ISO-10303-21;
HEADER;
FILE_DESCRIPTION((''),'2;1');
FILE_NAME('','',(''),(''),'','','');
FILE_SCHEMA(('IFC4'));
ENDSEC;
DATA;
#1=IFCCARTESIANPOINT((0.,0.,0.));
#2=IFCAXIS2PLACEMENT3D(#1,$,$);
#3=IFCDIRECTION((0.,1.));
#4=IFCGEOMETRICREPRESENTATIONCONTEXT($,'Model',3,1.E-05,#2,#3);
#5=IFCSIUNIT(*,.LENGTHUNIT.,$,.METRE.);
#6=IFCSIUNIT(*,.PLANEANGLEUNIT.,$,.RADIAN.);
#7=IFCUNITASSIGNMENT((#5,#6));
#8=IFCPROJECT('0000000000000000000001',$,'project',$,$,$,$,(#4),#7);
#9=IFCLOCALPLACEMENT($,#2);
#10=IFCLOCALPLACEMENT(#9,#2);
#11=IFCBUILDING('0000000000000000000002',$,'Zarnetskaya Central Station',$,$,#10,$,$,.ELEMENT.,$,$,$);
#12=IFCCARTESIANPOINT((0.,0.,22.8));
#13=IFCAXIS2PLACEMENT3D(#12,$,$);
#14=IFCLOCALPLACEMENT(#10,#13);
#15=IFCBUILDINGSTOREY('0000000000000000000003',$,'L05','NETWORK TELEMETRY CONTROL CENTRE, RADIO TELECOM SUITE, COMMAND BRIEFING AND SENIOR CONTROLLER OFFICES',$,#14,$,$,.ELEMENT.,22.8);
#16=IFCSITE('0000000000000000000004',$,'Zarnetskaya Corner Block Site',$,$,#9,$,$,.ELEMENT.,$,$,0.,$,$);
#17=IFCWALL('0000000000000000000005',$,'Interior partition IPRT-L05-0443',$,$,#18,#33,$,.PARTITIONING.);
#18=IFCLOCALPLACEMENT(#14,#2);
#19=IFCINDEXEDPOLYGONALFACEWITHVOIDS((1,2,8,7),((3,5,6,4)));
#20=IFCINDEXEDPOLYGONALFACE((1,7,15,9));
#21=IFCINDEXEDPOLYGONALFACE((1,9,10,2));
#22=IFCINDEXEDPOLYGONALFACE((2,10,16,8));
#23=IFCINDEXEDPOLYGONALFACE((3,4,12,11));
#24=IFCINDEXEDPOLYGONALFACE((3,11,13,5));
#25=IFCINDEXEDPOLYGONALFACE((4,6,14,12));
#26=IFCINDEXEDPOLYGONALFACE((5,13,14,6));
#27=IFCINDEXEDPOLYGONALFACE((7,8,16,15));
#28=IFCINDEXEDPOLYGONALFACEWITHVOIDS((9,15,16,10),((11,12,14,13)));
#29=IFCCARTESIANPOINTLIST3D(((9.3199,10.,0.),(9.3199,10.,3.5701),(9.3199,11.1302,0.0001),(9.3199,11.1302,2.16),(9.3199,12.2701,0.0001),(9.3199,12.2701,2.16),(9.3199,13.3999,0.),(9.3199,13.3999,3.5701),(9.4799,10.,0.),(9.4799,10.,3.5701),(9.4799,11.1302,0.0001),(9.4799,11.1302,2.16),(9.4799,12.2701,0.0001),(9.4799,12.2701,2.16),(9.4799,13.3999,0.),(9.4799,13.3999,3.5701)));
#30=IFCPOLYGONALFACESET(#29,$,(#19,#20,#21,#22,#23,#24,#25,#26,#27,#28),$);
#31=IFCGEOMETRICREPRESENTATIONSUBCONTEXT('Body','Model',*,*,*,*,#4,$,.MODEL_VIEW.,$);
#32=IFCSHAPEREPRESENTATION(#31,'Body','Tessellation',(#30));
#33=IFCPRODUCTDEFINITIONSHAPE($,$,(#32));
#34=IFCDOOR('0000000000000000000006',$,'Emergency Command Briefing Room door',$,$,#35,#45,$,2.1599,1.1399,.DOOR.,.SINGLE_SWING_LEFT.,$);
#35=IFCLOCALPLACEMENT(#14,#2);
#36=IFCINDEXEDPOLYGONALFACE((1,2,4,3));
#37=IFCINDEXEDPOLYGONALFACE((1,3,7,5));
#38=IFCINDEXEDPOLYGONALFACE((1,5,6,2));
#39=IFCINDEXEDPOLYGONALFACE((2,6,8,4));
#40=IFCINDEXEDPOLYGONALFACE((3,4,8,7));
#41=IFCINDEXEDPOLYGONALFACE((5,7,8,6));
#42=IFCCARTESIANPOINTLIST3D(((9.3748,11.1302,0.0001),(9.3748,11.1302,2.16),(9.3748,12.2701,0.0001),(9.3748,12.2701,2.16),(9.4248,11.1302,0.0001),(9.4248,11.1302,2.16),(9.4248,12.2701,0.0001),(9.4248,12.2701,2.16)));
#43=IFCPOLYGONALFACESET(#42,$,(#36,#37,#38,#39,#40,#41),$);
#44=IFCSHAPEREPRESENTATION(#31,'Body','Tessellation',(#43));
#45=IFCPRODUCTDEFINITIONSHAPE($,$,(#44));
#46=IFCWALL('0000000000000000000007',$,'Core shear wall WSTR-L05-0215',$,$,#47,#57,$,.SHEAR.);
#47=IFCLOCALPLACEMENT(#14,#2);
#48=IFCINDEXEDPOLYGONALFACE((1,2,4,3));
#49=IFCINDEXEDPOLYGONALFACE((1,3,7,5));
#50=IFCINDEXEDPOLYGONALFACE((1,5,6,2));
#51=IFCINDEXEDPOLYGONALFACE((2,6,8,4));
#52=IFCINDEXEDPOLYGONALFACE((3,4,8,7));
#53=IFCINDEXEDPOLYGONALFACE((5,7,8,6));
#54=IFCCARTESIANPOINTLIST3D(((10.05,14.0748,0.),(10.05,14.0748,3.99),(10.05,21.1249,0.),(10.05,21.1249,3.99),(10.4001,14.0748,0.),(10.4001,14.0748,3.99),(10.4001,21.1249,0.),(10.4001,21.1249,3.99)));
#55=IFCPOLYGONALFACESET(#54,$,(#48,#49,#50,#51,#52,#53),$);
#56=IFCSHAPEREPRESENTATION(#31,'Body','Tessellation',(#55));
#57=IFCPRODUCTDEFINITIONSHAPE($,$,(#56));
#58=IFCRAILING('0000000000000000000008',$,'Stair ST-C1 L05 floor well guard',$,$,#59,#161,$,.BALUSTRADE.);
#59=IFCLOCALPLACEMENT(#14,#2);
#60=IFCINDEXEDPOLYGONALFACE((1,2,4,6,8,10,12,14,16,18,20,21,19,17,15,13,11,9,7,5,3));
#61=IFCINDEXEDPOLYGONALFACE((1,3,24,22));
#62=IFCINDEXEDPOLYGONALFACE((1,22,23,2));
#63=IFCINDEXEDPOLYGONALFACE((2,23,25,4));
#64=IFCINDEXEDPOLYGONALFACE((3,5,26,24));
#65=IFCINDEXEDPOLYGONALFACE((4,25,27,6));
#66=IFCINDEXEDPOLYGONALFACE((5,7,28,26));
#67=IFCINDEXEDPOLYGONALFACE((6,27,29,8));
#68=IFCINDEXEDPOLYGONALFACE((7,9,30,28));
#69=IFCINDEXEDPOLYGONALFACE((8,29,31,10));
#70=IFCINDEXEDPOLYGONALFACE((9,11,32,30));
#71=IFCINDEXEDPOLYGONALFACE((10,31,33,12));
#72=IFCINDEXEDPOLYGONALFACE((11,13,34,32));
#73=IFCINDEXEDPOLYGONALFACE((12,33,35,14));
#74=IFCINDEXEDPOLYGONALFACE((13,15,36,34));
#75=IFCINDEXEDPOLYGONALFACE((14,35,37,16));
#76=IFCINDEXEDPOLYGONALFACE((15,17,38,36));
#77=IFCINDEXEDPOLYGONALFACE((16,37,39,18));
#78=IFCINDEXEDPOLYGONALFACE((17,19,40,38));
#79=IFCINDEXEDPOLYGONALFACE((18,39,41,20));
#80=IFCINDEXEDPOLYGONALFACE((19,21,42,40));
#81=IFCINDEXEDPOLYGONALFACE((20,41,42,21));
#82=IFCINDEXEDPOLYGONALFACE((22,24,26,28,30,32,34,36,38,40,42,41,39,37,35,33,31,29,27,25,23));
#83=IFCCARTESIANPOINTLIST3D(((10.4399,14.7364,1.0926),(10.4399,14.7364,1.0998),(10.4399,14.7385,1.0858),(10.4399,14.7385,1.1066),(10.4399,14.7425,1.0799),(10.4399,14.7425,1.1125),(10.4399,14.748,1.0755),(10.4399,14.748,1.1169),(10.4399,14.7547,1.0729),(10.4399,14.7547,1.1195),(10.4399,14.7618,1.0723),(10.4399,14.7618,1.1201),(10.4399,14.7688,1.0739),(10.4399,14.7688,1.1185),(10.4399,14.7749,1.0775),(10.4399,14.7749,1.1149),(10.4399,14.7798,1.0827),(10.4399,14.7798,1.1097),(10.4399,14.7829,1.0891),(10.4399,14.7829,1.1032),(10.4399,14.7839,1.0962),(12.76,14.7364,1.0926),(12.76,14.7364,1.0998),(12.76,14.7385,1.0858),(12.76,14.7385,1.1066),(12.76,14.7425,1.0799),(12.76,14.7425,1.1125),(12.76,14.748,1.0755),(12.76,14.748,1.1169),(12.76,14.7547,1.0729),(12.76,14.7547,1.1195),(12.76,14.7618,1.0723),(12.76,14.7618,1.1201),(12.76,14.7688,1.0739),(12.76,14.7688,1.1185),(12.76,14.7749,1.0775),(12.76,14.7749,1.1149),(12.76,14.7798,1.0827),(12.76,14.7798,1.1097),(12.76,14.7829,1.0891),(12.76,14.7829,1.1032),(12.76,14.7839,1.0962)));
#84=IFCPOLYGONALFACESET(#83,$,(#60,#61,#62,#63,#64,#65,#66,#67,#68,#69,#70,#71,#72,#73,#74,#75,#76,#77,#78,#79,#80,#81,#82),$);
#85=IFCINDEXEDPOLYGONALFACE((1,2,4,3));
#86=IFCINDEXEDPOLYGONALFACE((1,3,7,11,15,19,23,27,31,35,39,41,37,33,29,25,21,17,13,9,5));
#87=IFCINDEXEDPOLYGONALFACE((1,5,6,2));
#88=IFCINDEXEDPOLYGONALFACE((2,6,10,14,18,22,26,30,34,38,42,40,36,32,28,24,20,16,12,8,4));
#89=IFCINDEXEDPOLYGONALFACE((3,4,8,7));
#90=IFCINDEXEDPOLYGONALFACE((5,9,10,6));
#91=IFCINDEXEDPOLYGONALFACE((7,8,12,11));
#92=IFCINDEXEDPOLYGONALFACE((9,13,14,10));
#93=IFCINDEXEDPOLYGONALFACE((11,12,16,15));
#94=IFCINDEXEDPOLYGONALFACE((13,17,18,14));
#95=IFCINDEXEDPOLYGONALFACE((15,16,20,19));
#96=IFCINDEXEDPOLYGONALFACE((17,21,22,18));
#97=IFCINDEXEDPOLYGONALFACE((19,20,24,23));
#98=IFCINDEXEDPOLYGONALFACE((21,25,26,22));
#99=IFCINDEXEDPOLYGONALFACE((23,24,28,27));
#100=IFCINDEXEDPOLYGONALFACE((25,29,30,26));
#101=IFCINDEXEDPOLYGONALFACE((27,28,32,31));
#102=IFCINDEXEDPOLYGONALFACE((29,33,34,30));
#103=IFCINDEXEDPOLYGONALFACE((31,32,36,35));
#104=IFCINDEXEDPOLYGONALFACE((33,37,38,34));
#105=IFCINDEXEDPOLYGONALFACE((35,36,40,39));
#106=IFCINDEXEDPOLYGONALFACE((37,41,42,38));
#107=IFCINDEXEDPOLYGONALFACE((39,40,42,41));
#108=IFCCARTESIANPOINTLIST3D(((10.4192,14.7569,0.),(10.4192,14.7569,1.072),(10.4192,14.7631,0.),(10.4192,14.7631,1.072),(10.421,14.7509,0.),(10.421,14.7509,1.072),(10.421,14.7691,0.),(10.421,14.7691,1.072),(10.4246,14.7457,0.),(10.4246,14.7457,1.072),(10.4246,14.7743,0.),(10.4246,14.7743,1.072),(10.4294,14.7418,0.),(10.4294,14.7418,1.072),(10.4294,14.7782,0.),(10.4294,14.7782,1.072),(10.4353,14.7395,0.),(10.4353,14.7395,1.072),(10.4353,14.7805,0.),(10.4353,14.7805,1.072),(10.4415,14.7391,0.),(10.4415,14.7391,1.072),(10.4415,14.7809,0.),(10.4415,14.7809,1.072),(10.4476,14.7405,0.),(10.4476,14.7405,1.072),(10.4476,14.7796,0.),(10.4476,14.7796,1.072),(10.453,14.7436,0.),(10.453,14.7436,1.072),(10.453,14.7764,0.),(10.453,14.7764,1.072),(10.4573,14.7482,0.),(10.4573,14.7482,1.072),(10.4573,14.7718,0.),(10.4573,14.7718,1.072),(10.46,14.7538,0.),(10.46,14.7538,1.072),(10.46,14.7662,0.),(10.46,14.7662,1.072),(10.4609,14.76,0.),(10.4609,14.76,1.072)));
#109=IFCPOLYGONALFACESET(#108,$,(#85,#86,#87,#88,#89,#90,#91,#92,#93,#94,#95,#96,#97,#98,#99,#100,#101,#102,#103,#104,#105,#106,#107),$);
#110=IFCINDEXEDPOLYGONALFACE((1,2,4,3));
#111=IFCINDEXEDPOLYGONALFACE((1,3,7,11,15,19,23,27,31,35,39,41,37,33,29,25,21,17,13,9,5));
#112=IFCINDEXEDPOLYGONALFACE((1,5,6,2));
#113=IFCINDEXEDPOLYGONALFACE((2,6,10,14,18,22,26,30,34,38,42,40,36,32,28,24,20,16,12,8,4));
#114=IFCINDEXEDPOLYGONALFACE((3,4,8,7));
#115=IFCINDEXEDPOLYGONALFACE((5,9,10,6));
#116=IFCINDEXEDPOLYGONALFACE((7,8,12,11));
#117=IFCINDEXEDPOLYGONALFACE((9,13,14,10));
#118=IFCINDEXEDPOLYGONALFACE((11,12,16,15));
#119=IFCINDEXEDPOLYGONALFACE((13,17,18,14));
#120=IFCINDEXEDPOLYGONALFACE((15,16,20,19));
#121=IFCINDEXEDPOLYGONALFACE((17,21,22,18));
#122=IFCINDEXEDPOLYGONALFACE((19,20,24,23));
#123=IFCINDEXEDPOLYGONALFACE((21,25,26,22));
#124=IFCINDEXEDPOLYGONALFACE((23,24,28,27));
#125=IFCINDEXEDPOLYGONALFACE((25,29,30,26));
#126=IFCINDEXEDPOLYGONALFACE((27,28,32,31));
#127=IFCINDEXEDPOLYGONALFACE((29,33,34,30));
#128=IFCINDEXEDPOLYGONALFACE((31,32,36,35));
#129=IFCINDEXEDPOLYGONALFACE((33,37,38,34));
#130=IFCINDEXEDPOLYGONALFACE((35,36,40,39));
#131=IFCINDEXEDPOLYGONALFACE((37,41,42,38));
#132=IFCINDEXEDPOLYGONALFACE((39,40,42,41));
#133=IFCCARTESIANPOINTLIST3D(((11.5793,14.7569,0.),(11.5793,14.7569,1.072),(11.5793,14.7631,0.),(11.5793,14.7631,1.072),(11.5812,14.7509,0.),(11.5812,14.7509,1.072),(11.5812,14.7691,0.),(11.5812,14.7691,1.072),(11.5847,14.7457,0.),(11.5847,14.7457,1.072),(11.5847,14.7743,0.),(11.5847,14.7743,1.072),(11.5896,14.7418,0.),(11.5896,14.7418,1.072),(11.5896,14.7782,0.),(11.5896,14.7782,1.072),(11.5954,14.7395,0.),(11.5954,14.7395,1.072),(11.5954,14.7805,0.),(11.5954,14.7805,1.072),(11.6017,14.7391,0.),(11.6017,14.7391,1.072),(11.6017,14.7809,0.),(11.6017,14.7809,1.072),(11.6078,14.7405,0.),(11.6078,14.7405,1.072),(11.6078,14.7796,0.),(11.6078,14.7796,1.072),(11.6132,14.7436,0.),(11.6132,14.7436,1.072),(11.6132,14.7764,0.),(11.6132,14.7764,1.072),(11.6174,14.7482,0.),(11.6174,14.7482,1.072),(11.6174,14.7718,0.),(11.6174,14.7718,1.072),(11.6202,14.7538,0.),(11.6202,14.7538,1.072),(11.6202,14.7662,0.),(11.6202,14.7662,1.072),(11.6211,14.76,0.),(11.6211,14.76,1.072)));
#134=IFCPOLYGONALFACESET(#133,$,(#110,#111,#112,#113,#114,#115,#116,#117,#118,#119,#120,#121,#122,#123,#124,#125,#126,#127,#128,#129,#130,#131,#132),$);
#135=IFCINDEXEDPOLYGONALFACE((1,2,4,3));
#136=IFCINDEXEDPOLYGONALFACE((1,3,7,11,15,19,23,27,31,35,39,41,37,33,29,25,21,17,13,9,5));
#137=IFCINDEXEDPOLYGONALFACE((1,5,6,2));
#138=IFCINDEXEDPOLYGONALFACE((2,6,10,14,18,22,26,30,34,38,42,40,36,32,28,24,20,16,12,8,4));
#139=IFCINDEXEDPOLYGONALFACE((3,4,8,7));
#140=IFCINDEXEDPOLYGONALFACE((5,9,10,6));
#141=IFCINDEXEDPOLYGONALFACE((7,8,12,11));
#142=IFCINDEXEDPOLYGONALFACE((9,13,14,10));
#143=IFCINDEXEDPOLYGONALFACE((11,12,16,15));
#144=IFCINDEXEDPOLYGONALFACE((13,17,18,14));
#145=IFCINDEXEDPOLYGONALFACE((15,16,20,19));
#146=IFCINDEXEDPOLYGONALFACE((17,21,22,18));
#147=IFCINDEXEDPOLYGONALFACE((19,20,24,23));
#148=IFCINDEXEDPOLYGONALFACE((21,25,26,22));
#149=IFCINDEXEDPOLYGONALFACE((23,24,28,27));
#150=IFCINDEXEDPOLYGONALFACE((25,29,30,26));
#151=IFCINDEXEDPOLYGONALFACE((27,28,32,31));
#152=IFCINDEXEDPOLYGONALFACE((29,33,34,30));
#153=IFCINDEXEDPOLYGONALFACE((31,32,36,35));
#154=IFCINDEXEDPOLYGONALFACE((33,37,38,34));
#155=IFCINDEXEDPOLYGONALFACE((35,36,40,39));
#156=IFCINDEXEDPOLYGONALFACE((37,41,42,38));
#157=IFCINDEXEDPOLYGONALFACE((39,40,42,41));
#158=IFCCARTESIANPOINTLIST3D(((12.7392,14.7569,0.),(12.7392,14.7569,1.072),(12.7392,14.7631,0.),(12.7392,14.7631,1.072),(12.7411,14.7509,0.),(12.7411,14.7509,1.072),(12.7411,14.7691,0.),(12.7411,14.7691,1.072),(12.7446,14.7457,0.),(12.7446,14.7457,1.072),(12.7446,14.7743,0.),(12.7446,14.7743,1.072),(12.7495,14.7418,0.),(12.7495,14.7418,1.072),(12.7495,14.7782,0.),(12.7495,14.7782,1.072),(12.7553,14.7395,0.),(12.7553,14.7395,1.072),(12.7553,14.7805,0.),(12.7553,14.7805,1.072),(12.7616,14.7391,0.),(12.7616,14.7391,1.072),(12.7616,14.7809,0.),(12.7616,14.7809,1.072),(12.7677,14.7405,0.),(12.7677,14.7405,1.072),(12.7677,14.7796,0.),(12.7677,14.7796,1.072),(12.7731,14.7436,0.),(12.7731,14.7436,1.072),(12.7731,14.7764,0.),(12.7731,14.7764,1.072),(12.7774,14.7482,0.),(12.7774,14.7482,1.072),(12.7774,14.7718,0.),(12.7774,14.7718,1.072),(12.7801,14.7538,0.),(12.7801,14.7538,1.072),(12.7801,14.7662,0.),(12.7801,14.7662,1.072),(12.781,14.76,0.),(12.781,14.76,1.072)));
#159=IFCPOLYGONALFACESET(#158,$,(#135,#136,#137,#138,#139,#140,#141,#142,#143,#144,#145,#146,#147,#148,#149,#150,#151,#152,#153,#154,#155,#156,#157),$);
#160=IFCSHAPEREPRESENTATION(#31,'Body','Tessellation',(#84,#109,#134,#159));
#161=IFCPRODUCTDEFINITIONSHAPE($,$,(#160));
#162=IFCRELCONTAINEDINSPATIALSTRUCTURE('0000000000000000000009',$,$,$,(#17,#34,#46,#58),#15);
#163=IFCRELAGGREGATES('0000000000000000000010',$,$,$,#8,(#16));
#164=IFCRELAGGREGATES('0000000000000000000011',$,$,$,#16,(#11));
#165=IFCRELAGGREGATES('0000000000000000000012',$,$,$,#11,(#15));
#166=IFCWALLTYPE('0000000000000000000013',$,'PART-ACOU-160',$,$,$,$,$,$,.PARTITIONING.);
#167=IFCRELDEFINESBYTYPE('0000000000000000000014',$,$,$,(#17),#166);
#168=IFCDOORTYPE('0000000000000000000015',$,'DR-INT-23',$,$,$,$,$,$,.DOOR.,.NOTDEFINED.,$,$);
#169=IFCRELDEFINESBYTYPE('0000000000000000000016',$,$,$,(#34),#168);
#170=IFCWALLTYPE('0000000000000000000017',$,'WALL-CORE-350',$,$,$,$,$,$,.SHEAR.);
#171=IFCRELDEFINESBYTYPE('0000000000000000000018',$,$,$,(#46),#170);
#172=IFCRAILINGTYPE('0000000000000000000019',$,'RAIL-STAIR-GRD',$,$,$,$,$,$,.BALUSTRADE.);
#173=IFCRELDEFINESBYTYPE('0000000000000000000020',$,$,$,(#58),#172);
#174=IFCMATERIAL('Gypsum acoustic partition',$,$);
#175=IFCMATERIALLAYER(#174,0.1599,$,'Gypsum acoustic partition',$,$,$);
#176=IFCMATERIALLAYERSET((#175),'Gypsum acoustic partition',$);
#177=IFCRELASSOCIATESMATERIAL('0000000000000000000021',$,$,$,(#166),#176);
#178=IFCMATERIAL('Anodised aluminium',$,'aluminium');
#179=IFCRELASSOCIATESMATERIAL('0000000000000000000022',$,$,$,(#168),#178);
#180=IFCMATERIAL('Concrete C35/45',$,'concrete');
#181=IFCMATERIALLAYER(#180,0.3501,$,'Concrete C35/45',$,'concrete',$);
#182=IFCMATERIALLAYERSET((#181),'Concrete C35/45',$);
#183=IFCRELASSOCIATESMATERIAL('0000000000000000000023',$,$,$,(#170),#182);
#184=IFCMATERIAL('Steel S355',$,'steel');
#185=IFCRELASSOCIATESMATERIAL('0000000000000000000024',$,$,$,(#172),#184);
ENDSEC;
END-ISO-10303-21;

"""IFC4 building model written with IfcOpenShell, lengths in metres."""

from ifc_helpers import new_model, si_unit, direction, frame, frame_2d, origin, origin_2d, place, context, subcontext, project, spatial, rectangle, circle, extrude, material, layer, layer_set, type_object, element, fill, save


model = new_model("IFC4")

# Units and contexts
model_context = context("Model", 3, precision=1e-05, world=origin(), true_north=direction((0.0, 1.0)))
body_context = subcontext(model_context, "Body", "Model", "MODEL_VIEW")
ifc_project = project(units=[si_unit("LENGTHUNIT", "METRE"), si_unit("PLANEANGLEUNIT", "RADIAN")], contexts=[model_context])

# Site, building, storey
site_placement = place(None, origin())
site = spatial("IfcSite", under=ifc_project, at=site_placement, Name="Zarnetskaya Corner Block Site", CompositionType="ELEMENT", RefElevation=0.0)
building_placement = place(site_placement, origin())
building = spatial("IfcBuilding", under=site, at=building_placement, Name="Zarnetskaya Central Station", CompositionType="ELEMENT")
storey_placement = place(building_placement, frame((0.0, 0.0, 22.8)))
storey = spatial("IfcBuildingStorey", under=building, at=storey_placement, Name="L05", Description="NETWORK TELEMETRY CONTROL CENTRE, RADIO TELECOM SUITE, COMMAND BRIEFING AND SENIOR CONTROLLER OFFICES", CompositionType="ELEMENT", Elevation=22.8)

# Shared definitions
ifc_material_1 = material(Name="Steel S355", Category="steel")

# Shared definitions
ifc_material_2 = material(Name="Anodised aluminium", Category="aluminium")

# Wall, opening, door
ifc_material_3 = material(Name="Gypsum acoustic partition")
ifc_layer_1 = layer(ifc_material_3, 0.1599, Name="Gypsum acoustic partition")
ifc_layer_set_1 = layer_set([ifc_layer_1], Name="Gypsum acoustic partition")
wall_type_1 = type_object("IfcWallType", Name="PART-ACOU-160", PredefinedType="PARTITIONING", material=ifc_layer_set_1)
wall_1_placement = place(storey_placement, frame((9.3999, 13.3999, 0.0), z_axis=(0.0, 0.0, 1.0), x_axis=(0.0, -1.0, 0.0)))
wall_1 = element("IfcWall", 1, at=wall_1_placement, inside=storey, type_object=wall_type_1, Name="Interior partition IPRT-L05-0443", PredefinedType="PARTITIONING", context=body_context, shape_type="SweptSolid", body=[
    extrude(rectangle(XDim=3.3999, YDim=0.1599, at=frame_2d((1.7, 0.0))), origin(), (0.0, 0.0, 1.0), 3.5701),
])
opening_1_placement = place(wall_1_placement, frame((1.1299, 0.0, 0.0)))
opening_1 = element("IfcOpeningElement", 2, at=opening_1_placement, cuts=wall_1, PredefinedType="OPENING", context=body_context, shape_type="SweptSolid", body=[
    extrude(rectangle(XDim=1.1399, YDim=2.1599, at=frame_2d((0.5698, 1.0801))), frame((0.0, 0.0898, 0.0), z_axis=(0.0, -1.0, 0.0), x_axis=(1.0, 0.0, 0.0)), (0.0, 0.0, 1.0), 0.1799),
])
door_type_1 = type_object("IfcDoorType", Name="DR-INT-23", OperationType="NOTDEFINED", PredefinedType="DOOR", material=ifc_material_2)
door_1_placement = place(opening_1_placement, origin())
door_1 = element("IfcDoor", 3, at=door_1_placement, inside=storey, type_object=door_type_1, Name="Emergency Command Briefing Room door", OperationType="SINGLE_SWING_LEFT", OverallHeight=2.1599, OverallWidth=1.1399, PredefinedType="DOOR", context=body_context, shape_type="SweptSolid", body=[
    extrude(rectangle(XDim=1.1399, YDim=2.1599, at=frame_2d((0.5698, 1.0801))), frame((0.0, 0.0249, 0.0), z_axis=(0.0, -1.0, 0.0), x_axis=(1.0, 0.0, 0.0)), (0.0, 0.0, 1.0), 0.05),
])
fill(opening_1, door_1)
ifc_material_4 = material(Name="Concrete C35/45", Category="concrete")
ifc_layer_2 = layer(ifc_material_4, 0.3501, Name="Concrete C35/45", Category="concrete")
ifc_layer_set_2 = layer_set([ifc_layer_2], Name="Concrete C35/45")
wall_type_2 = type_object("IfcWallType", Name="WALL-CORE-350", PredefinedType="SHEAR", material=ifc_layer_set_2)

# Wall
wall_2_placement = place(storey_placement, frame((10.2251, 14.075, 0.0), z_axis=(0.0, 0.0, 1.0), x_axis=(0.0, 1.0, 0.0)))
element("IfcWall", 4, at=wall_2_placement, inside=storey, type_object=wall_type_2, Name="Core shear wall WSTR-L05-0215", PredefinedType="SHEAR", context=body_context, shape_type="SweptSolid", body=[
    extrude(rectangle(XDim=7.05, YDim=0.3501, at=frame_2d((3.5249, 0.0))), origin(), (0.0, 0.0, 1.0), 3.99),
])

# Railing
railing_type = type_object("IfcRailingType", Name="RAIL-STAIR-GRD", PredefinedType="BALUSTRADE", material=ifc_material_1)
railing_placement = place(storey_placement, frame((10.4399, 14.76, 0.0)))
element("IfcRailing", 5, at=railing_placement, inside=storey, type_object=railing_type, Name="Stair ST-C1 L05 floor well guard", PredefinedType="BALUSTRADE", context=body_context, shape_type="SweptSolid", body=[
    extrude(circle(Radius=0.0239, at=origin_2d()), frame((0.0, 0.0, 1.0962), z_axis=(1.0, 0.0, 0.0), x_axis=(0.0, 1.0, 0.0)), (0.0, 0.0, 1.0), 2.3201),
    extrude(circle(Radius=0.021, at=origin_2d()), origin(), (0.0, 0.0, 1.0), 1.072),
    extrude(circle(Radius=0.021, at=origin_2d()), frame((1.1602, 0.0, 0.0)), (0.0, 0.0, 1.0), 1.072),
    extrude(circle(Radius=0.021, at=origin_2d()), frame((2.3201, 0.0, 0.0)), (0.0, 0.0, 1.0), 1.072),
])

save(model, "model.ifc")
